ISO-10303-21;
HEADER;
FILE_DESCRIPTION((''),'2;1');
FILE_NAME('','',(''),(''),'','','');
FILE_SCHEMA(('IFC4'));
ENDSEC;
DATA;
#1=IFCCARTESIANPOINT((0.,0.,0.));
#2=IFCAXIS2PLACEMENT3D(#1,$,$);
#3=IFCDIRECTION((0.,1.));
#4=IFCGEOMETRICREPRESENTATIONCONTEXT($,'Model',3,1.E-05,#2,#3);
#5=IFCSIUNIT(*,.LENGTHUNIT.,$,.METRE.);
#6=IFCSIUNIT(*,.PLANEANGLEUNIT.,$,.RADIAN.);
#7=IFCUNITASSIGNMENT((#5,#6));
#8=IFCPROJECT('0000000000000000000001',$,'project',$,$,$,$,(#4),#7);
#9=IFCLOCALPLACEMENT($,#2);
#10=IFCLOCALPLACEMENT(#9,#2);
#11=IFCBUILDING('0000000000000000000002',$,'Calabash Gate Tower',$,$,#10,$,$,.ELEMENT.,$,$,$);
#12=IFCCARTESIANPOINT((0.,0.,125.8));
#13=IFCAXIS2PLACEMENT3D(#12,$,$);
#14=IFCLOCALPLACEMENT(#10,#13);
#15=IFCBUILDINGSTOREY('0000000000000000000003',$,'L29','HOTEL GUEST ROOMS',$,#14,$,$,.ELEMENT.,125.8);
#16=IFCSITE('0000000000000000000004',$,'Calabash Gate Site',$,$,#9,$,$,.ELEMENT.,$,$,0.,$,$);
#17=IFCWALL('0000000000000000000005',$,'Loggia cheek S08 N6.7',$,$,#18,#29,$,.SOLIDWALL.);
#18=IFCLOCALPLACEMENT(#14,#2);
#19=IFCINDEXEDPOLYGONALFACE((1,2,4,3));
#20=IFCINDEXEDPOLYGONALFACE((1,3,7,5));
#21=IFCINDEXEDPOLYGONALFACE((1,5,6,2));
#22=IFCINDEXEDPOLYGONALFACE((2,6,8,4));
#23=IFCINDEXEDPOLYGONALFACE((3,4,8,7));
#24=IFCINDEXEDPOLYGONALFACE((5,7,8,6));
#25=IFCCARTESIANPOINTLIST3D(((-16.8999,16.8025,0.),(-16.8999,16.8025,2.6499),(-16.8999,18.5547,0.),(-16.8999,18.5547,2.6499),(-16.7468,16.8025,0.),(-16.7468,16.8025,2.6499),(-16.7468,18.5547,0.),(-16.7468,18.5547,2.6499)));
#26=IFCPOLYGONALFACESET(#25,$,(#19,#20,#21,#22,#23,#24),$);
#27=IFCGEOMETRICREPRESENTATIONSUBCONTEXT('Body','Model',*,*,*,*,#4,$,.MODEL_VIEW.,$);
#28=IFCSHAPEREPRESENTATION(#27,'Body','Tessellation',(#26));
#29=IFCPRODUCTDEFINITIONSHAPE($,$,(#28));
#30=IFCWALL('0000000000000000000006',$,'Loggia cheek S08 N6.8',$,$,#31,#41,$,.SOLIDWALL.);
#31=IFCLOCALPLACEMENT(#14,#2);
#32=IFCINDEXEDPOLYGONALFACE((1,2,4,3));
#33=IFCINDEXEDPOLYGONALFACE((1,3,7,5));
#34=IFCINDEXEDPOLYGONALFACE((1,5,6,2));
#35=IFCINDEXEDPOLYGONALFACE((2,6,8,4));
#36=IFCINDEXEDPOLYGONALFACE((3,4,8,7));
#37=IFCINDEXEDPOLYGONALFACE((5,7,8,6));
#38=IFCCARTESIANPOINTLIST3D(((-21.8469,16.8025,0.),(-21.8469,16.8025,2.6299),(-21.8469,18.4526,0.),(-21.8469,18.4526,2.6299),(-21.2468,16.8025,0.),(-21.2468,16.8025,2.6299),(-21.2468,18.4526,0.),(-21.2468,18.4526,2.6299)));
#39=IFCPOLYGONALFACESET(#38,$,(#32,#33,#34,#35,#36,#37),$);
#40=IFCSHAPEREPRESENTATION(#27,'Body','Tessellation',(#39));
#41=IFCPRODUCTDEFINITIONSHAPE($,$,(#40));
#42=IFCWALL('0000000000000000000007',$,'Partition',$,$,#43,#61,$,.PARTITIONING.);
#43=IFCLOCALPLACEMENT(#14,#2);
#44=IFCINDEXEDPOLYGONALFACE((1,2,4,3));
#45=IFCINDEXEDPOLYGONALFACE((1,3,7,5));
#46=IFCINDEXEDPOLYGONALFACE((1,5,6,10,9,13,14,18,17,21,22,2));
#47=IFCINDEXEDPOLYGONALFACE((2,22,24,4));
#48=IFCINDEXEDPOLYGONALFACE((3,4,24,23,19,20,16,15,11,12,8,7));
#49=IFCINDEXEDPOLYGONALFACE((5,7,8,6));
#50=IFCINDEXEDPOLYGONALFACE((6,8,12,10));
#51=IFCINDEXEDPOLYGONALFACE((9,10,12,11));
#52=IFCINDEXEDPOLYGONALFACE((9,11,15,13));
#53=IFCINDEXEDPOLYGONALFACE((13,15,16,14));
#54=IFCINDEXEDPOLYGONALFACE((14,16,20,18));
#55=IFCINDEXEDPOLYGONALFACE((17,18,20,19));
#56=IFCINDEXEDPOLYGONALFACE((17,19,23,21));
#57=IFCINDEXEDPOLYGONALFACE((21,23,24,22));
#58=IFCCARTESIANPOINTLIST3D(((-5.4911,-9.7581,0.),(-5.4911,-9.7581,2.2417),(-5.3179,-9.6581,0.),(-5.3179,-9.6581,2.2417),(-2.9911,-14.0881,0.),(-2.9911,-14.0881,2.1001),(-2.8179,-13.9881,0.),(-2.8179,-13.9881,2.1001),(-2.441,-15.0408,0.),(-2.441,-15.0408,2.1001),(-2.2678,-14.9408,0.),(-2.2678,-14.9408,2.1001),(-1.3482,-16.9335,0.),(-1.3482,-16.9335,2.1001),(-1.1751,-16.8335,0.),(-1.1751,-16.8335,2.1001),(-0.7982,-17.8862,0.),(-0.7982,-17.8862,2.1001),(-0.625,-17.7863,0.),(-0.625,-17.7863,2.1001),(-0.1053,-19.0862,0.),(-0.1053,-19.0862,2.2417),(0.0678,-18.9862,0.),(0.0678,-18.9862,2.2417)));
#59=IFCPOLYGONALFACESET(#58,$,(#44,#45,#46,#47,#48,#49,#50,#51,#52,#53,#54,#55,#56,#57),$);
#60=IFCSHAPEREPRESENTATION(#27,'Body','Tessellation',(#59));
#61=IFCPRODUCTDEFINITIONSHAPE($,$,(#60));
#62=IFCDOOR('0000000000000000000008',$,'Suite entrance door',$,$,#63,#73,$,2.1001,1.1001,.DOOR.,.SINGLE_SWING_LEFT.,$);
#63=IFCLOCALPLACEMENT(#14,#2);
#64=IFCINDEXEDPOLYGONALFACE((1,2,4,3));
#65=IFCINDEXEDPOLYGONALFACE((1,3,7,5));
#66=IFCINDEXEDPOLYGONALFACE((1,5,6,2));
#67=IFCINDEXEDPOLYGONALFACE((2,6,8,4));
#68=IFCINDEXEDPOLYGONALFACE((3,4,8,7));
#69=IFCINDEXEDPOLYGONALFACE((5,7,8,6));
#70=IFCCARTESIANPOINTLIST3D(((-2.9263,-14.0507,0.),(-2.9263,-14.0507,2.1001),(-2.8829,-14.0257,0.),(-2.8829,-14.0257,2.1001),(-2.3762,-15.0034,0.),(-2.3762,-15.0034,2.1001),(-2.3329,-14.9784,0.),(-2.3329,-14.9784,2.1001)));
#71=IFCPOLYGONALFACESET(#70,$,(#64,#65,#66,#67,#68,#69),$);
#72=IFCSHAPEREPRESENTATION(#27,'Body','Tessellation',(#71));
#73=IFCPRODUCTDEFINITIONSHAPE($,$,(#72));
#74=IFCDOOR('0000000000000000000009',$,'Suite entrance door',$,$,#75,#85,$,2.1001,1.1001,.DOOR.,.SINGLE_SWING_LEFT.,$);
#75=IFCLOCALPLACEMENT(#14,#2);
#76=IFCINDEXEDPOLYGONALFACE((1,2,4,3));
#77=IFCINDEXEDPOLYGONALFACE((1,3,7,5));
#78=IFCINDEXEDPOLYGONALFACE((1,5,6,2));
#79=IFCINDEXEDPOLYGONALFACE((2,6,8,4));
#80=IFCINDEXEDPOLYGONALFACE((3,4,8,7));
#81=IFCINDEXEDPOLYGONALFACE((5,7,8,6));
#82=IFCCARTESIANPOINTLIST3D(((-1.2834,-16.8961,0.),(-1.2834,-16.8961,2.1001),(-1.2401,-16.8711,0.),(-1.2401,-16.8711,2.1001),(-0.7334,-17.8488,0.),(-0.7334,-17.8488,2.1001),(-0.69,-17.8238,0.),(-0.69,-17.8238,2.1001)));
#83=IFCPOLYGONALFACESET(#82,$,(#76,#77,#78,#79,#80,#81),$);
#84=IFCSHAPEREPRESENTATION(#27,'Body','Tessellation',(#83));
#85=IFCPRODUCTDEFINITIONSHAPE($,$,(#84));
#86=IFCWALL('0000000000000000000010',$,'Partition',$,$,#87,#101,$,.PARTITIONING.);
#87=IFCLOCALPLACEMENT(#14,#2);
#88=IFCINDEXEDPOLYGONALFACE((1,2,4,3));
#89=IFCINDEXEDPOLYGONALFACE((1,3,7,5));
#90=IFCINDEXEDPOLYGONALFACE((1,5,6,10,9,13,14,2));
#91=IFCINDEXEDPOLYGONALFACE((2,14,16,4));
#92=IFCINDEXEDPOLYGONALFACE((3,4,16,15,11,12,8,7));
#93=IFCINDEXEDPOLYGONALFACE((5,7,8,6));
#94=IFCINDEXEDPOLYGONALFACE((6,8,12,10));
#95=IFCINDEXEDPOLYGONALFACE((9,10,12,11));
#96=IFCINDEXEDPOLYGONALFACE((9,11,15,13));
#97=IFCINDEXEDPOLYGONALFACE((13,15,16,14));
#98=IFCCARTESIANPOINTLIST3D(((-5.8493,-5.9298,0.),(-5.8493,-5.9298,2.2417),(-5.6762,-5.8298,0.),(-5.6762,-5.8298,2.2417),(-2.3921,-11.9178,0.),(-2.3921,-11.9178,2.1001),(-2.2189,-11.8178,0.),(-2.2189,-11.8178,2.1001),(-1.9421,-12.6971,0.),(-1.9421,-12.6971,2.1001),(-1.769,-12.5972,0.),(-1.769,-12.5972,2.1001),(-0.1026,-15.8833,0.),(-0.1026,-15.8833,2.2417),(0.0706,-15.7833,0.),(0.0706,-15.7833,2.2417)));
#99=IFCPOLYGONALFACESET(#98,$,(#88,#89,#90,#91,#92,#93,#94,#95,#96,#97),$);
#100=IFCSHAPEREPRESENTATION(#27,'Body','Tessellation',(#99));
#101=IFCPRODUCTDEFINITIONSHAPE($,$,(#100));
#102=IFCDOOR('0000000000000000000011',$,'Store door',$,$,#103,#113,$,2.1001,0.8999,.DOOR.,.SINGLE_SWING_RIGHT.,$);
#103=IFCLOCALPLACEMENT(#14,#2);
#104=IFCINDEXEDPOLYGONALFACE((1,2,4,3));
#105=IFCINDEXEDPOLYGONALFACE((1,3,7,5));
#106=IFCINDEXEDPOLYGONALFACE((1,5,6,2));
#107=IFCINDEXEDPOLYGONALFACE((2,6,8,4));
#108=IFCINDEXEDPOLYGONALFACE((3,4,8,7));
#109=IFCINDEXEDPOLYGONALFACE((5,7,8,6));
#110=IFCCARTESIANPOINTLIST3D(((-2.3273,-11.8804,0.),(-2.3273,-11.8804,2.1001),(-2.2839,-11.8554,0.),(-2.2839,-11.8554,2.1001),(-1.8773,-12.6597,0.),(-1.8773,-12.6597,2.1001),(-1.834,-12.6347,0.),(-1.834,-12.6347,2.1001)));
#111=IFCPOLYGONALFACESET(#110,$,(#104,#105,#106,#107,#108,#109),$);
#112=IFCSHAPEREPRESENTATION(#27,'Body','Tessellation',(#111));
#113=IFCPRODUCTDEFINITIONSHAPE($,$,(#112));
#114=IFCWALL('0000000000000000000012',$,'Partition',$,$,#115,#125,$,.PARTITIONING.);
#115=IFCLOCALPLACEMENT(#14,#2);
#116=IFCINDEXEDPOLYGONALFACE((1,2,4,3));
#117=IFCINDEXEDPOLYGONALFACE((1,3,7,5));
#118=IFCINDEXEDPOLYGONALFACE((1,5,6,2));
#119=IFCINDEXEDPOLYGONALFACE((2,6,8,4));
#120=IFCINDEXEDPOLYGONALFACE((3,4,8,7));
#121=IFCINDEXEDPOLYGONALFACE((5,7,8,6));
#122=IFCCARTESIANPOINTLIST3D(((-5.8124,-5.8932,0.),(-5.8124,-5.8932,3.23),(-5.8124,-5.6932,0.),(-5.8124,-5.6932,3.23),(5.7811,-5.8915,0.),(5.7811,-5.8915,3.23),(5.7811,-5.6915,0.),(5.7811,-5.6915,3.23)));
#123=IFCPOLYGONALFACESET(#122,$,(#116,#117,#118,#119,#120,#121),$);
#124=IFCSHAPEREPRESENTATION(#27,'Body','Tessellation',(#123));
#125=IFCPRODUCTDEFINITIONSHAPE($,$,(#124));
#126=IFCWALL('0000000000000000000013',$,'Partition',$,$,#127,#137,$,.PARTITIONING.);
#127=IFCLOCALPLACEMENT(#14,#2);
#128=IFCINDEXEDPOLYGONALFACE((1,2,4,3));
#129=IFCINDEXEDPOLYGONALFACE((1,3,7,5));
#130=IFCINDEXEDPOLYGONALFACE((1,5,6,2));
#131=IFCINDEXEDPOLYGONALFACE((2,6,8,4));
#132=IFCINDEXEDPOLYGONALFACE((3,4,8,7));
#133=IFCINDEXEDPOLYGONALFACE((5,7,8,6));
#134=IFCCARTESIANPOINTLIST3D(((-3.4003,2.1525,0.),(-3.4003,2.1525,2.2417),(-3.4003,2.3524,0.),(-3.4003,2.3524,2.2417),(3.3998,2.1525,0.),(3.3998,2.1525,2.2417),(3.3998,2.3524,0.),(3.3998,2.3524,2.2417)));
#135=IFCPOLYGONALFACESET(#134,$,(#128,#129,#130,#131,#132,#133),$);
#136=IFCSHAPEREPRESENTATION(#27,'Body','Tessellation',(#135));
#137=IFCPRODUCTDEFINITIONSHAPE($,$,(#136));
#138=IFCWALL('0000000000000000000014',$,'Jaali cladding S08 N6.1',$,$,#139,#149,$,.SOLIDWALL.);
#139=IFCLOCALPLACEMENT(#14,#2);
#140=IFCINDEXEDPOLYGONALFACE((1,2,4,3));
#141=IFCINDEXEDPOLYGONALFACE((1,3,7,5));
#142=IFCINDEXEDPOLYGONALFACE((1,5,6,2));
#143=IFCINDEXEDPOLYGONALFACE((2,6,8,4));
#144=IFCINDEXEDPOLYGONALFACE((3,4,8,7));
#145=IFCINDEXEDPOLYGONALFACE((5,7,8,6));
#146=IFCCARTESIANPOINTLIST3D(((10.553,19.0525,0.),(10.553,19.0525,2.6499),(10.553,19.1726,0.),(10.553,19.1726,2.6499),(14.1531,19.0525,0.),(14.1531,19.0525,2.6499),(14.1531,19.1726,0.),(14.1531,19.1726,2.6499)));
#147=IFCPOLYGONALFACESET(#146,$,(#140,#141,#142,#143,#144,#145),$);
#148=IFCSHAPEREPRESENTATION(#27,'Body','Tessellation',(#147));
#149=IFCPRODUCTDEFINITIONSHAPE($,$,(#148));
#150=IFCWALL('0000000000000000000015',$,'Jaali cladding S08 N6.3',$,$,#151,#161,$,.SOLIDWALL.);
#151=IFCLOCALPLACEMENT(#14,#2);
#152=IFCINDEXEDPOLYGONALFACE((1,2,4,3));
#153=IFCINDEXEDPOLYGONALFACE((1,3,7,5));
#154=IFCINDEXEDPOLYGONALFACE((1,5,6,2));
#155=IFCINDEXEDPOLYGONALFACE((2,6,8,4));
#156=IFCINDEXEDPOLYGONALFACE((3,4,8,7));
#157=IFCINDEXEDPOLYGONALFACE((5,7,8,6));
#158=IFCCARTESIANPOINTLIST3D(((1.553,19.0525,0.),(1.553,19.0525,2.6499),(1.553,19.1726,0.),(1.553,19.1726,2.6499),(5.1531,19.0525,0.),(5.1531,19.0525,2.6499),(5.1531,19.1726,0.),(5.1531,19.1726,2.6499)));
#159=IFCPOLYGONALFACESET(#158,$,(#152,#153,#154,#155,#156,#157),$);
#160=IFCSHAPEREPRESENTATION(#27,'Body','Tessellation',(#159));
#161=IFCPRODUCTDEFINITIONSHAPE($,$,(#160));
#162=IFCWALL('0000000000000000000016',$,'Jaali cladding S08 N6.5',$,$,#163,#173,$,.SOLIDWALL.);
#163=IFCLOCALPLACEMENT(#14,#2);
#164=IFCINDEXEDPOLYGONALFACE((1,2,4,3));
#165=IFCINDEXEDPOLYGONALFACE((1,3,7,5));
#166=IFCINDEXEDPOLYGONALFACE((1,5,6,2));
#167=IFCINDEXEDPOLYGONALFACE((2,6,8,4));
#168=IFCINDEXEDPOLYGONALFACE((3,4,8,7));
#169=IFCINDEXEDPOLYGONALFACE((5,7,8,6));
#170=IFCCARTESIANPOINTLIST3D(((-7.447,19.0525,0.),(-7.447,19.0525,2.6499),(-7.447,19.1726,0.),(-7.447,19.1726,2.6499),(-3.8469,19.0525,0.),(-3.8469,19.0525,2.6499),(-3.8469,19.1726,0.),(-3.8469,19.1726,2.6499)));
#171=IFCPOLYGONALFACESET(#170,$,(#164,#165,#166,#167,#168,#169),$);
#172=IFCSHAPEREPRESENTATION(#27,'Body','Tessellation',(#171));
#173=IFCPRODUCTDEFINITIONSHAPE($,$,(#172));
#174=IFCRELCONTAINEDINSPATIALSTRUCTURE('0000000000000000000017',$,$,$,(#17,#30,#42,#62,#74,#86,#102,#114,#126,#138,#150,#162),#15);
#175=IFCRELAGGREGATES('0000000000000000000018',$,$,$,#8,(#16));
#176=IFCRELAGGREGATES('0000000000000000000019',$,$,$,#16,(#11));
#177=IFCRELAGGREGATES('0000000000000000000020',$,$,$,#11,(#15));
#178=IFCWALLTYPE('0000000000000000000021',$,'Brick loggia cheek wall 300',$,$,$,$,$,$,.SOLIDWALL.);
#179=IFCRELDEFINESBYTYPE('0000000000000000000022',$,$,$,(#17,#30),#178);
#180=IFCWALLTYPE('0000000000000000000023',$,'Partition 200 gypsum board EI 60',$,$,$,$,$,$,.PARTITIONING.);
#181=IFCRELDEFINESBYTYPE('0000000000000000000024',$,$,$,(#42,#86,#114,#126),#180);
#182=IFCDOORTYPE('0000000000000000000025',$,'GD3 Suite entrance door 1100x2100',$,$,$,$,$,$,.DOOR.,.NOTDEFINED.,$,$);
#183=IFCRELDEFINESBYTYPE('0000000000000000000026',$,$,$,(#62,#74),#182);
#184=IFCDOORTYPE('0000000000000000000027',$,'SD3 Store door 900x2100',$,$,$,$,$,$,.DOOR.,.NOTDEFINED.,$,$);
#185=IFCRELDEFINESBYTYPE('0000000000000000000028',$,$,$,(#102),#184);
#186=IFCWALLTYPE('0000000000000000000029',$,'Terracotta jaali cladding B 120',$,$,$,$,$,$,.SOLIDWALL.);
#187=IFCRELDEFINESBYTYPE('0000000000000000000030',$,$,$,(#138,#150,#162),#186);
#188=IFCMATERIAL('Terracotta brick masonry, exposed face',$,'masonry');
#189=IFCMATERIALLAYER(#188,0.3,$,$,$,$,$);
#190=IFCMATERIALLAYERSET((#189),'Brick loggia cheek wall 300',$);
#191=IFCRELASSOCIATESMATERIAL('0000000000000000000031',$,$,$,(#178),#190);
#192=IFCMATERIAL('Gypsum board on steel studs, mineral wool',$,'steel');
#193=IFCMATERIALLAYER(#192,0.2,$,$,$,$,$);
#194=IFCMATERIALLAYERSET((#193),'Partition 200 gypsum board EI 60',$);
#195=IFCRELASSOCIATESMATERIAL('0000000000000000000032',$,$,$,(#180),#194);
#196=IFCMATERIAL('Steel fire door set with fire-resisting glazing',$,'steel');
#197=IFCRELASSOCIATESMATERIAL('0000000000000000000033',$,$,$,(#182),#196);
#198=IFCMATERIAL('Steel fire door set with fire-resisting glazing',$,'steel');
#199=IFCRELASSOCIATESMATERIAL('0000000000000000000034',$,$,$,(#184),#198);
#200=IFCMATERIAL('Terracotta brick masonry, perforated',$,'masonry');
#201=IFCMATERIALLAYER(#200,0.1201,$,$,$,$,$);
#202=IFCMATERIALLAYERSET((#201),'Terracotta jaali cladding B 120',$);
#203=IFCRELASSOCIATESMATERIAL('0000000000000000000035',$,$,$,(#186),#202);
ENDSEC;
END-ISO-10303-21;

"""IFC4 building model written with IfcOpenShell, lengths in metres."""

from ifc_helpers import new_model, si_unit, direction, frame, frame_2d, origin, place, context, subcontext, project, spatial, polyline, rectangle, outline, extrude, material, layer, layer_set, type_object, element, fill, save


model = new_model("IFC4")

# Units and contexts
model_context = context("Model", 3, precision=1e-05, world=origin(), true_north=direction((0.0, 1.0)))
body_context = subcontext(model_context, "Body", "Model", "MODEL_VIEW")
ifc_project = project(units=[si_unit("LENGTHUNIT", "METRE"), si_unit("PLANEANGLEUNIT", "RADIAN")], contexts=[model_context])

# Site, building, storey
site_placement = place(None, origin())
site = spatial("IfcSite", under=ifc_project, at=site_placement, Name="Calabash Gate Site", CompositionType="ELEMENT", RefElevation=0.0)
building_placement = place(site_placement, origin())
building = spatial("IfcBuilding", under=site, at=building_placement, Name="Calabash Gate Tower", CompositionType="ELEMENT")
storey_placement = place(building_placement, frame((0.0, 0.0, 125.8)))
storey = spatial("IfcBuildingStorey", under=building, at=storey_placement, Name="L29", Description="HOTEL GUEST ROOMS", CompositionType="ELEMENT", Elevation=125.8)

# Walls
ifc_material_1 = material(Name="Terracotta brick masonry, exposed face", Category="masonry")
ifc_layer_1 = layer(ifc_material_1, 0.3)
ifc_layer_set_1 = layer_set([ifc_layer_1], Name="Brick loggia cheek wall 300")
wall_type_1 = type_object("IfcWallType", Name="Brick loggia cheek wall 300", PredefinedType="SOLIDWALL", material=ifc_layer_set_1)
wall_1_placement = place(storey_placement, origin())
element("IfcWall", 1, at=wall_1_placement, inside=storey, type_object=wall_type_1, Name="Loggia cheek S08 N6.7", PredefinedType="SOLIDWALL", context=body_context, shape_type="SweptSolid", body=[
    extrude(outline(polyline([(-16.8999, 18.5547), (-16.7468, 18.5547), (-16.7468, 16.8025), (-16.8999, 16.8025), (-16.8999, 18.5547)])), origin(), (0.0, 0.0, 1.0), 2.6499),
])
wall_2_placement = place(storey_placement, origin())
element("IfcWall", 2, at=wall_2_placement, inside=storey, type_object=wall_type_1, Name="Loggia cheek S08 N6.8", PredefinedType="SOLIDWALL", context=body_context, shape_type="SweptSolid", body=[
    extrude(outline(polyline([(-21.8469, 18.4526), (-21.8469, 16.8025), (-21.2468, 16.8025), (-21.2468, 18.4526), (-21.8469, 18.4526)])), origin(), (0.0, 0.0, 1.0), 2.6299),
])

# Wall, openings, doors
ifc_material_2 = material(Name="Gypsum board on steel studs, mineral wool", Category="steel")
ifc_layer_2 = layer(ifc_material_2, 0.2)
ifc_layer_set_2 = layer_set([ifc_layer_2], Name="Partition 200 gypsum board EI 60")
wall_type_2 = type_object("IfcWallType", Name="Partition 200 gypsum board EI 60", PredefinedType="PARTITIONING", material=ifc_layer_set_2)
wall_3_placement = place(storey_placement, frame((-5.4045, -9.708, 0.0), z_axis=(0.0, 0.0, 1.0), x_axis=(0.50001, -0.86602, 0.0)))
wall_3 = element("IfcWall", 3, at=wall_3_placement, inside=storey, type_object=wall_type_2, Name="Partition", PredefinedType="PARTITIONING", context=body_context, shape_type="SweptSolid", body=[
    extrude(rectangle(XDim=10.7712, YDim=0.2, at=frame_2d((5.3857, 0.0))), origin(), (0.0, 0.0, 1.0), 2.2417),
])
opening_1_placement = place(wall_3_placement, frame((5.0, 0.0, 0.0)))
opening_1 = element("IfcOpeningElement", 4, at=opening_1_placement, cuts=wall_3, PredefinedType="OPENING", context=body_context, shape_type="SweptSolid", body=[
    extrude(rectangle(XDim=1.1001, YDim=2.1001, at=frame_2d((0.55, 1.05))), frame((0.0, 0.1099, 0.0), z_axis=(0.0, -1.0, 0.0), x_axis=(1.0, 0.0, 0.0)), (0.0, 0.0, 1.0), 0.22),
])
opening_2_placement = place(wall_3_placement, frame((8.2856, 0.0, 0.0)))
opening_2 = element("IfcOpeningElement", 5, at=opening_2_placement, cuts=wall_3, PredefinedType="OPENING", context=body_context, shape_type="SweptSolid", body=[
    extrude(rectangle(XDim=1.1001, YDim=2.1001, at=frame_2d((0.55, 1.05))), frame((0.0, 0.1099, 0.0), z_axis=(0.0, -1.0, 0.0), x_axis=(1.0, 0.0, 0.0)), (0.0, 0.0, 1.0), 0.22),
])
ifc_material_3 = material(Name="Steel fire door set with fire-resisting glazing", Category="steel")
door_type_1 = type_object("IfcDoorType", Name="GD3 Suite entrance door 1100x2100", OperationType="NOTDEFINED", PredefinedType="DOOR", material=ifc_material_3)
door_1_placement = place(opening_1_placement, origin())
door_1 = element("IfcDoor", 6, at=door_1_placement, inside=storey, type_object=door_type_1, Name="Suite entrance door", OperationType="SINGLE_SWING_LEFT", OverallHeight=2.1001, OverallWidth=1.1001, PredefinedType="DOOR", context=body_context, shape_type="SweptSolid", body=[
    extrude(rectangle(XDim=1.1001, YDim=2.1001, at=frame_2d((0.55, 1.05))), frame((0.0, 0.0249, 0.0), z_axis=(0.0, -1.0, 0.0), x_axis=(1.0, 0.0, 0.0)), (0.0, 0.0, 1.0), 0.05),
])
fill(opening_1, door_1)
door_2_placement = place(opening_2_placement, origin())
door_2 = element("IfcDoor", 7, at=door_2_placement, inside=storey, type_object=door_type_1, Name="Suite entrance door", OperationType="SINGLE_SWING_LEFT", OverallHeight=2.1001, OverallWidth=1.1001, PredefinedType="DOOR", context=body_context, shape_type="SweptSolid", body=[
    extrude(rectangle(XDim=1.1001, YDim=2.1001, at=frame_2d((0.55, 1.05))), frame((0.0, 0.0249, 0.0), z_axis=(0.0, -1.0, 0.0), x_axis=(1.0, 0.0, 0.0)), (0.0, 0.0, 1.0), 0.05),
])
fill(opening_2, door_2)

# Wall, opening, door
wall_4_placement = place(storey_placement, frame((-5.7627, -5.8799, 0.0), z_axis=(0.0, 0.0, 1.0), x_axis=(0.500007, -0.866021, 0.0)))
wall_4 = element("IfcWall", 8, at=wall_4_placement, inside=storey, type_object=wall_type_2, Name="Partition", PredefinedType="PARTITIONING", context=body_context, shape_type="SweptSolid", body=[
    extrude(rectangle(XDim=11.4934, YDim=0.2, at=frame_2d((5.7466, 0.0))), origin(), (0.0, 0.0, 1.0), 2.2417),
])
opening_3_placement = place(wall_4_placement, frame((6.9143, 0.0, 0.0)))
opening_3 = element("IfcOpeningElement", 9, at=opening_3_placement, cuts=wall_4, PredefinedType="OPENING", context=body_context, shape_type="SweptSolid", body=[
    extrude(rectangle(XDim=0.8999, YDim=2.1001, at=frame_2d((0.45, 1.05))), frame((0.0, 0.1099, 0.0), z_axis=(0.0, -1.0, 0.0), x_axis=(1.0, 0.0, 0.0)), (0.0, 0.0, 1.0), 0.22),
])
ifc_material_4 = material(Name="Steel fire door set with fire-resisting glazing", Category="steel")
door_type_2 = type_object("IfcDoorType", Name="SD3 Store door 900x2100", OperationType="NOTDEFINED", PredefinedType="DOOR", material=ifc_material_4)
door_3_placement = place(opening_3_placement, origin())
door_3 = element("IfcDoor", 10, at=door_3_placement, inside=storey, type_object=door_type_2, Name="Store door", OperationType="SINGLE_SWING_RIGHT", OverallHeight=2.1001, OverallWidth=0.8999, PredefinedType="DOOR", context=body_context, shape_type="SweptSolid", body=[
    extrude(rectangle(XDim=0.8999, YDim=2.1001, at=frame_2d((0.45, 1.05))), frame((0.0, 0.0249, 0.0), z_axis=(0.0, -1.0, 0.0), x_axis=(1.0, 0.0, 0.0)), (0.0, 0.0, 1.0), 0.05),
])
fill(opening_3, door_3)

# Walls
wall_5_placement = place(storey_placement, frame((-5.8125, -5.7932, 0.0), z_axis=(0.0, 0.0, 1.0), x_axis=(1.0, 0.000147, 0.0)))
element("IfcWall", 11, at=wall_5_placement, inside=storey, type_object=wall_type_2, Name="Partition", PredefinedType="PARTITIONING", context=body_context, shape_type="SweptSolid", body=[
    extrude(rectangle(XDim=11.5935, YDim=0.2, at=frame_2d((5.7969, 0.0))), origin(), (0.0, 0.0, 1.0), 3.23),
])
wall_6_placement = place(storey_placement, frame((-3.4001, 2.2524, 0.0), z_axis=(0.0, 0.0, 1.0), x_axis=(1.0, 0.0, 0.0)))
element("IfcWall", 12, at=wall_6_placement, inside=storey, type_object=wall_type_2, Name="Partition", PredefinedType="PARTITIONING", context=body_context, shape_type="SweptSolid", body=[
    extrude(rectangle(XDim=6.8, YDim=0.2, at=frame_2d((3.3999, 0.0))), origin(), (0.0, 0.0, 1.0), 2.2417),
])
ifc_material_5 = material(Name="Terracotta brick masonry, perforated", Category="masonry")
ifc_layer_3 = layer(ifc_material_5, 0.1201)
ifc_layer_set_3 = layer_set([ifc_layer_3], Name="Terracotta jaali cladding B 120")
wall_type_3 = type_object("IfcWallType", Name="Terracotta jaali cladding B 120", PredefinedType="SOLIDWALL", material=ifc_layer_set_3)
wall_7_placement = place(storey_placement, origin())
element("IfcWall", 13, at=wall_7_placement, inside=storey, type_object=wall_type_3, Name="Jaali cladding S08 N6.1", PredefinedType="SOLIDWALL", context=body_context, shape_type="SweptSolid", body=[
    extrude(outline(polyline([(10.553, 19.1726), (10.553, 19.0525), (14.1531, 19.0525), (14.1531, 19.1726), (10.553, 19.1726)])), origin(), (0.0, 0.0, 1.0), 2.6499),
])
wall_8_placement = place(storey_placement, origin())
element("IfcWall", 14, at=wall_8_placement, inside=storey, type_object=wall_type_3, Name="Jaali cladding S08 N6.3", PredefinedType="SOLIDWALL", context=body_context, shape_type="SweptSolid", body=[
    extrude(outline(polyline([(1.553, 19.1726), (1.553, 19.0525), (5.1531, 19.0525), (5.1531, 19.1726), (1.553, 19.1726)])), origin(), (0.0, 0.0, 1.0), 2.6499),
])
wall_9_placement = place(storey_placement, origin())
element("IfcWall", 15, at=wall_9_placement, inside=storey, type_object=wall_type_3, Name="Jaali cladding S08 N6.5", PredefinedType="SOLIDWALL", context=body_context, shape_type="SweptSolid", body=[
    extrude(outline(polyline([(-7.447, 19.1726), (-7.447, 19.0525), (-3.8469, 19.0525), (-3.8469, 19.1726), (-7.447, 19.1726)])), origin(), (0.0, 0.0, 1.0), 2.6499),
])

save(model, "model.ifc")
